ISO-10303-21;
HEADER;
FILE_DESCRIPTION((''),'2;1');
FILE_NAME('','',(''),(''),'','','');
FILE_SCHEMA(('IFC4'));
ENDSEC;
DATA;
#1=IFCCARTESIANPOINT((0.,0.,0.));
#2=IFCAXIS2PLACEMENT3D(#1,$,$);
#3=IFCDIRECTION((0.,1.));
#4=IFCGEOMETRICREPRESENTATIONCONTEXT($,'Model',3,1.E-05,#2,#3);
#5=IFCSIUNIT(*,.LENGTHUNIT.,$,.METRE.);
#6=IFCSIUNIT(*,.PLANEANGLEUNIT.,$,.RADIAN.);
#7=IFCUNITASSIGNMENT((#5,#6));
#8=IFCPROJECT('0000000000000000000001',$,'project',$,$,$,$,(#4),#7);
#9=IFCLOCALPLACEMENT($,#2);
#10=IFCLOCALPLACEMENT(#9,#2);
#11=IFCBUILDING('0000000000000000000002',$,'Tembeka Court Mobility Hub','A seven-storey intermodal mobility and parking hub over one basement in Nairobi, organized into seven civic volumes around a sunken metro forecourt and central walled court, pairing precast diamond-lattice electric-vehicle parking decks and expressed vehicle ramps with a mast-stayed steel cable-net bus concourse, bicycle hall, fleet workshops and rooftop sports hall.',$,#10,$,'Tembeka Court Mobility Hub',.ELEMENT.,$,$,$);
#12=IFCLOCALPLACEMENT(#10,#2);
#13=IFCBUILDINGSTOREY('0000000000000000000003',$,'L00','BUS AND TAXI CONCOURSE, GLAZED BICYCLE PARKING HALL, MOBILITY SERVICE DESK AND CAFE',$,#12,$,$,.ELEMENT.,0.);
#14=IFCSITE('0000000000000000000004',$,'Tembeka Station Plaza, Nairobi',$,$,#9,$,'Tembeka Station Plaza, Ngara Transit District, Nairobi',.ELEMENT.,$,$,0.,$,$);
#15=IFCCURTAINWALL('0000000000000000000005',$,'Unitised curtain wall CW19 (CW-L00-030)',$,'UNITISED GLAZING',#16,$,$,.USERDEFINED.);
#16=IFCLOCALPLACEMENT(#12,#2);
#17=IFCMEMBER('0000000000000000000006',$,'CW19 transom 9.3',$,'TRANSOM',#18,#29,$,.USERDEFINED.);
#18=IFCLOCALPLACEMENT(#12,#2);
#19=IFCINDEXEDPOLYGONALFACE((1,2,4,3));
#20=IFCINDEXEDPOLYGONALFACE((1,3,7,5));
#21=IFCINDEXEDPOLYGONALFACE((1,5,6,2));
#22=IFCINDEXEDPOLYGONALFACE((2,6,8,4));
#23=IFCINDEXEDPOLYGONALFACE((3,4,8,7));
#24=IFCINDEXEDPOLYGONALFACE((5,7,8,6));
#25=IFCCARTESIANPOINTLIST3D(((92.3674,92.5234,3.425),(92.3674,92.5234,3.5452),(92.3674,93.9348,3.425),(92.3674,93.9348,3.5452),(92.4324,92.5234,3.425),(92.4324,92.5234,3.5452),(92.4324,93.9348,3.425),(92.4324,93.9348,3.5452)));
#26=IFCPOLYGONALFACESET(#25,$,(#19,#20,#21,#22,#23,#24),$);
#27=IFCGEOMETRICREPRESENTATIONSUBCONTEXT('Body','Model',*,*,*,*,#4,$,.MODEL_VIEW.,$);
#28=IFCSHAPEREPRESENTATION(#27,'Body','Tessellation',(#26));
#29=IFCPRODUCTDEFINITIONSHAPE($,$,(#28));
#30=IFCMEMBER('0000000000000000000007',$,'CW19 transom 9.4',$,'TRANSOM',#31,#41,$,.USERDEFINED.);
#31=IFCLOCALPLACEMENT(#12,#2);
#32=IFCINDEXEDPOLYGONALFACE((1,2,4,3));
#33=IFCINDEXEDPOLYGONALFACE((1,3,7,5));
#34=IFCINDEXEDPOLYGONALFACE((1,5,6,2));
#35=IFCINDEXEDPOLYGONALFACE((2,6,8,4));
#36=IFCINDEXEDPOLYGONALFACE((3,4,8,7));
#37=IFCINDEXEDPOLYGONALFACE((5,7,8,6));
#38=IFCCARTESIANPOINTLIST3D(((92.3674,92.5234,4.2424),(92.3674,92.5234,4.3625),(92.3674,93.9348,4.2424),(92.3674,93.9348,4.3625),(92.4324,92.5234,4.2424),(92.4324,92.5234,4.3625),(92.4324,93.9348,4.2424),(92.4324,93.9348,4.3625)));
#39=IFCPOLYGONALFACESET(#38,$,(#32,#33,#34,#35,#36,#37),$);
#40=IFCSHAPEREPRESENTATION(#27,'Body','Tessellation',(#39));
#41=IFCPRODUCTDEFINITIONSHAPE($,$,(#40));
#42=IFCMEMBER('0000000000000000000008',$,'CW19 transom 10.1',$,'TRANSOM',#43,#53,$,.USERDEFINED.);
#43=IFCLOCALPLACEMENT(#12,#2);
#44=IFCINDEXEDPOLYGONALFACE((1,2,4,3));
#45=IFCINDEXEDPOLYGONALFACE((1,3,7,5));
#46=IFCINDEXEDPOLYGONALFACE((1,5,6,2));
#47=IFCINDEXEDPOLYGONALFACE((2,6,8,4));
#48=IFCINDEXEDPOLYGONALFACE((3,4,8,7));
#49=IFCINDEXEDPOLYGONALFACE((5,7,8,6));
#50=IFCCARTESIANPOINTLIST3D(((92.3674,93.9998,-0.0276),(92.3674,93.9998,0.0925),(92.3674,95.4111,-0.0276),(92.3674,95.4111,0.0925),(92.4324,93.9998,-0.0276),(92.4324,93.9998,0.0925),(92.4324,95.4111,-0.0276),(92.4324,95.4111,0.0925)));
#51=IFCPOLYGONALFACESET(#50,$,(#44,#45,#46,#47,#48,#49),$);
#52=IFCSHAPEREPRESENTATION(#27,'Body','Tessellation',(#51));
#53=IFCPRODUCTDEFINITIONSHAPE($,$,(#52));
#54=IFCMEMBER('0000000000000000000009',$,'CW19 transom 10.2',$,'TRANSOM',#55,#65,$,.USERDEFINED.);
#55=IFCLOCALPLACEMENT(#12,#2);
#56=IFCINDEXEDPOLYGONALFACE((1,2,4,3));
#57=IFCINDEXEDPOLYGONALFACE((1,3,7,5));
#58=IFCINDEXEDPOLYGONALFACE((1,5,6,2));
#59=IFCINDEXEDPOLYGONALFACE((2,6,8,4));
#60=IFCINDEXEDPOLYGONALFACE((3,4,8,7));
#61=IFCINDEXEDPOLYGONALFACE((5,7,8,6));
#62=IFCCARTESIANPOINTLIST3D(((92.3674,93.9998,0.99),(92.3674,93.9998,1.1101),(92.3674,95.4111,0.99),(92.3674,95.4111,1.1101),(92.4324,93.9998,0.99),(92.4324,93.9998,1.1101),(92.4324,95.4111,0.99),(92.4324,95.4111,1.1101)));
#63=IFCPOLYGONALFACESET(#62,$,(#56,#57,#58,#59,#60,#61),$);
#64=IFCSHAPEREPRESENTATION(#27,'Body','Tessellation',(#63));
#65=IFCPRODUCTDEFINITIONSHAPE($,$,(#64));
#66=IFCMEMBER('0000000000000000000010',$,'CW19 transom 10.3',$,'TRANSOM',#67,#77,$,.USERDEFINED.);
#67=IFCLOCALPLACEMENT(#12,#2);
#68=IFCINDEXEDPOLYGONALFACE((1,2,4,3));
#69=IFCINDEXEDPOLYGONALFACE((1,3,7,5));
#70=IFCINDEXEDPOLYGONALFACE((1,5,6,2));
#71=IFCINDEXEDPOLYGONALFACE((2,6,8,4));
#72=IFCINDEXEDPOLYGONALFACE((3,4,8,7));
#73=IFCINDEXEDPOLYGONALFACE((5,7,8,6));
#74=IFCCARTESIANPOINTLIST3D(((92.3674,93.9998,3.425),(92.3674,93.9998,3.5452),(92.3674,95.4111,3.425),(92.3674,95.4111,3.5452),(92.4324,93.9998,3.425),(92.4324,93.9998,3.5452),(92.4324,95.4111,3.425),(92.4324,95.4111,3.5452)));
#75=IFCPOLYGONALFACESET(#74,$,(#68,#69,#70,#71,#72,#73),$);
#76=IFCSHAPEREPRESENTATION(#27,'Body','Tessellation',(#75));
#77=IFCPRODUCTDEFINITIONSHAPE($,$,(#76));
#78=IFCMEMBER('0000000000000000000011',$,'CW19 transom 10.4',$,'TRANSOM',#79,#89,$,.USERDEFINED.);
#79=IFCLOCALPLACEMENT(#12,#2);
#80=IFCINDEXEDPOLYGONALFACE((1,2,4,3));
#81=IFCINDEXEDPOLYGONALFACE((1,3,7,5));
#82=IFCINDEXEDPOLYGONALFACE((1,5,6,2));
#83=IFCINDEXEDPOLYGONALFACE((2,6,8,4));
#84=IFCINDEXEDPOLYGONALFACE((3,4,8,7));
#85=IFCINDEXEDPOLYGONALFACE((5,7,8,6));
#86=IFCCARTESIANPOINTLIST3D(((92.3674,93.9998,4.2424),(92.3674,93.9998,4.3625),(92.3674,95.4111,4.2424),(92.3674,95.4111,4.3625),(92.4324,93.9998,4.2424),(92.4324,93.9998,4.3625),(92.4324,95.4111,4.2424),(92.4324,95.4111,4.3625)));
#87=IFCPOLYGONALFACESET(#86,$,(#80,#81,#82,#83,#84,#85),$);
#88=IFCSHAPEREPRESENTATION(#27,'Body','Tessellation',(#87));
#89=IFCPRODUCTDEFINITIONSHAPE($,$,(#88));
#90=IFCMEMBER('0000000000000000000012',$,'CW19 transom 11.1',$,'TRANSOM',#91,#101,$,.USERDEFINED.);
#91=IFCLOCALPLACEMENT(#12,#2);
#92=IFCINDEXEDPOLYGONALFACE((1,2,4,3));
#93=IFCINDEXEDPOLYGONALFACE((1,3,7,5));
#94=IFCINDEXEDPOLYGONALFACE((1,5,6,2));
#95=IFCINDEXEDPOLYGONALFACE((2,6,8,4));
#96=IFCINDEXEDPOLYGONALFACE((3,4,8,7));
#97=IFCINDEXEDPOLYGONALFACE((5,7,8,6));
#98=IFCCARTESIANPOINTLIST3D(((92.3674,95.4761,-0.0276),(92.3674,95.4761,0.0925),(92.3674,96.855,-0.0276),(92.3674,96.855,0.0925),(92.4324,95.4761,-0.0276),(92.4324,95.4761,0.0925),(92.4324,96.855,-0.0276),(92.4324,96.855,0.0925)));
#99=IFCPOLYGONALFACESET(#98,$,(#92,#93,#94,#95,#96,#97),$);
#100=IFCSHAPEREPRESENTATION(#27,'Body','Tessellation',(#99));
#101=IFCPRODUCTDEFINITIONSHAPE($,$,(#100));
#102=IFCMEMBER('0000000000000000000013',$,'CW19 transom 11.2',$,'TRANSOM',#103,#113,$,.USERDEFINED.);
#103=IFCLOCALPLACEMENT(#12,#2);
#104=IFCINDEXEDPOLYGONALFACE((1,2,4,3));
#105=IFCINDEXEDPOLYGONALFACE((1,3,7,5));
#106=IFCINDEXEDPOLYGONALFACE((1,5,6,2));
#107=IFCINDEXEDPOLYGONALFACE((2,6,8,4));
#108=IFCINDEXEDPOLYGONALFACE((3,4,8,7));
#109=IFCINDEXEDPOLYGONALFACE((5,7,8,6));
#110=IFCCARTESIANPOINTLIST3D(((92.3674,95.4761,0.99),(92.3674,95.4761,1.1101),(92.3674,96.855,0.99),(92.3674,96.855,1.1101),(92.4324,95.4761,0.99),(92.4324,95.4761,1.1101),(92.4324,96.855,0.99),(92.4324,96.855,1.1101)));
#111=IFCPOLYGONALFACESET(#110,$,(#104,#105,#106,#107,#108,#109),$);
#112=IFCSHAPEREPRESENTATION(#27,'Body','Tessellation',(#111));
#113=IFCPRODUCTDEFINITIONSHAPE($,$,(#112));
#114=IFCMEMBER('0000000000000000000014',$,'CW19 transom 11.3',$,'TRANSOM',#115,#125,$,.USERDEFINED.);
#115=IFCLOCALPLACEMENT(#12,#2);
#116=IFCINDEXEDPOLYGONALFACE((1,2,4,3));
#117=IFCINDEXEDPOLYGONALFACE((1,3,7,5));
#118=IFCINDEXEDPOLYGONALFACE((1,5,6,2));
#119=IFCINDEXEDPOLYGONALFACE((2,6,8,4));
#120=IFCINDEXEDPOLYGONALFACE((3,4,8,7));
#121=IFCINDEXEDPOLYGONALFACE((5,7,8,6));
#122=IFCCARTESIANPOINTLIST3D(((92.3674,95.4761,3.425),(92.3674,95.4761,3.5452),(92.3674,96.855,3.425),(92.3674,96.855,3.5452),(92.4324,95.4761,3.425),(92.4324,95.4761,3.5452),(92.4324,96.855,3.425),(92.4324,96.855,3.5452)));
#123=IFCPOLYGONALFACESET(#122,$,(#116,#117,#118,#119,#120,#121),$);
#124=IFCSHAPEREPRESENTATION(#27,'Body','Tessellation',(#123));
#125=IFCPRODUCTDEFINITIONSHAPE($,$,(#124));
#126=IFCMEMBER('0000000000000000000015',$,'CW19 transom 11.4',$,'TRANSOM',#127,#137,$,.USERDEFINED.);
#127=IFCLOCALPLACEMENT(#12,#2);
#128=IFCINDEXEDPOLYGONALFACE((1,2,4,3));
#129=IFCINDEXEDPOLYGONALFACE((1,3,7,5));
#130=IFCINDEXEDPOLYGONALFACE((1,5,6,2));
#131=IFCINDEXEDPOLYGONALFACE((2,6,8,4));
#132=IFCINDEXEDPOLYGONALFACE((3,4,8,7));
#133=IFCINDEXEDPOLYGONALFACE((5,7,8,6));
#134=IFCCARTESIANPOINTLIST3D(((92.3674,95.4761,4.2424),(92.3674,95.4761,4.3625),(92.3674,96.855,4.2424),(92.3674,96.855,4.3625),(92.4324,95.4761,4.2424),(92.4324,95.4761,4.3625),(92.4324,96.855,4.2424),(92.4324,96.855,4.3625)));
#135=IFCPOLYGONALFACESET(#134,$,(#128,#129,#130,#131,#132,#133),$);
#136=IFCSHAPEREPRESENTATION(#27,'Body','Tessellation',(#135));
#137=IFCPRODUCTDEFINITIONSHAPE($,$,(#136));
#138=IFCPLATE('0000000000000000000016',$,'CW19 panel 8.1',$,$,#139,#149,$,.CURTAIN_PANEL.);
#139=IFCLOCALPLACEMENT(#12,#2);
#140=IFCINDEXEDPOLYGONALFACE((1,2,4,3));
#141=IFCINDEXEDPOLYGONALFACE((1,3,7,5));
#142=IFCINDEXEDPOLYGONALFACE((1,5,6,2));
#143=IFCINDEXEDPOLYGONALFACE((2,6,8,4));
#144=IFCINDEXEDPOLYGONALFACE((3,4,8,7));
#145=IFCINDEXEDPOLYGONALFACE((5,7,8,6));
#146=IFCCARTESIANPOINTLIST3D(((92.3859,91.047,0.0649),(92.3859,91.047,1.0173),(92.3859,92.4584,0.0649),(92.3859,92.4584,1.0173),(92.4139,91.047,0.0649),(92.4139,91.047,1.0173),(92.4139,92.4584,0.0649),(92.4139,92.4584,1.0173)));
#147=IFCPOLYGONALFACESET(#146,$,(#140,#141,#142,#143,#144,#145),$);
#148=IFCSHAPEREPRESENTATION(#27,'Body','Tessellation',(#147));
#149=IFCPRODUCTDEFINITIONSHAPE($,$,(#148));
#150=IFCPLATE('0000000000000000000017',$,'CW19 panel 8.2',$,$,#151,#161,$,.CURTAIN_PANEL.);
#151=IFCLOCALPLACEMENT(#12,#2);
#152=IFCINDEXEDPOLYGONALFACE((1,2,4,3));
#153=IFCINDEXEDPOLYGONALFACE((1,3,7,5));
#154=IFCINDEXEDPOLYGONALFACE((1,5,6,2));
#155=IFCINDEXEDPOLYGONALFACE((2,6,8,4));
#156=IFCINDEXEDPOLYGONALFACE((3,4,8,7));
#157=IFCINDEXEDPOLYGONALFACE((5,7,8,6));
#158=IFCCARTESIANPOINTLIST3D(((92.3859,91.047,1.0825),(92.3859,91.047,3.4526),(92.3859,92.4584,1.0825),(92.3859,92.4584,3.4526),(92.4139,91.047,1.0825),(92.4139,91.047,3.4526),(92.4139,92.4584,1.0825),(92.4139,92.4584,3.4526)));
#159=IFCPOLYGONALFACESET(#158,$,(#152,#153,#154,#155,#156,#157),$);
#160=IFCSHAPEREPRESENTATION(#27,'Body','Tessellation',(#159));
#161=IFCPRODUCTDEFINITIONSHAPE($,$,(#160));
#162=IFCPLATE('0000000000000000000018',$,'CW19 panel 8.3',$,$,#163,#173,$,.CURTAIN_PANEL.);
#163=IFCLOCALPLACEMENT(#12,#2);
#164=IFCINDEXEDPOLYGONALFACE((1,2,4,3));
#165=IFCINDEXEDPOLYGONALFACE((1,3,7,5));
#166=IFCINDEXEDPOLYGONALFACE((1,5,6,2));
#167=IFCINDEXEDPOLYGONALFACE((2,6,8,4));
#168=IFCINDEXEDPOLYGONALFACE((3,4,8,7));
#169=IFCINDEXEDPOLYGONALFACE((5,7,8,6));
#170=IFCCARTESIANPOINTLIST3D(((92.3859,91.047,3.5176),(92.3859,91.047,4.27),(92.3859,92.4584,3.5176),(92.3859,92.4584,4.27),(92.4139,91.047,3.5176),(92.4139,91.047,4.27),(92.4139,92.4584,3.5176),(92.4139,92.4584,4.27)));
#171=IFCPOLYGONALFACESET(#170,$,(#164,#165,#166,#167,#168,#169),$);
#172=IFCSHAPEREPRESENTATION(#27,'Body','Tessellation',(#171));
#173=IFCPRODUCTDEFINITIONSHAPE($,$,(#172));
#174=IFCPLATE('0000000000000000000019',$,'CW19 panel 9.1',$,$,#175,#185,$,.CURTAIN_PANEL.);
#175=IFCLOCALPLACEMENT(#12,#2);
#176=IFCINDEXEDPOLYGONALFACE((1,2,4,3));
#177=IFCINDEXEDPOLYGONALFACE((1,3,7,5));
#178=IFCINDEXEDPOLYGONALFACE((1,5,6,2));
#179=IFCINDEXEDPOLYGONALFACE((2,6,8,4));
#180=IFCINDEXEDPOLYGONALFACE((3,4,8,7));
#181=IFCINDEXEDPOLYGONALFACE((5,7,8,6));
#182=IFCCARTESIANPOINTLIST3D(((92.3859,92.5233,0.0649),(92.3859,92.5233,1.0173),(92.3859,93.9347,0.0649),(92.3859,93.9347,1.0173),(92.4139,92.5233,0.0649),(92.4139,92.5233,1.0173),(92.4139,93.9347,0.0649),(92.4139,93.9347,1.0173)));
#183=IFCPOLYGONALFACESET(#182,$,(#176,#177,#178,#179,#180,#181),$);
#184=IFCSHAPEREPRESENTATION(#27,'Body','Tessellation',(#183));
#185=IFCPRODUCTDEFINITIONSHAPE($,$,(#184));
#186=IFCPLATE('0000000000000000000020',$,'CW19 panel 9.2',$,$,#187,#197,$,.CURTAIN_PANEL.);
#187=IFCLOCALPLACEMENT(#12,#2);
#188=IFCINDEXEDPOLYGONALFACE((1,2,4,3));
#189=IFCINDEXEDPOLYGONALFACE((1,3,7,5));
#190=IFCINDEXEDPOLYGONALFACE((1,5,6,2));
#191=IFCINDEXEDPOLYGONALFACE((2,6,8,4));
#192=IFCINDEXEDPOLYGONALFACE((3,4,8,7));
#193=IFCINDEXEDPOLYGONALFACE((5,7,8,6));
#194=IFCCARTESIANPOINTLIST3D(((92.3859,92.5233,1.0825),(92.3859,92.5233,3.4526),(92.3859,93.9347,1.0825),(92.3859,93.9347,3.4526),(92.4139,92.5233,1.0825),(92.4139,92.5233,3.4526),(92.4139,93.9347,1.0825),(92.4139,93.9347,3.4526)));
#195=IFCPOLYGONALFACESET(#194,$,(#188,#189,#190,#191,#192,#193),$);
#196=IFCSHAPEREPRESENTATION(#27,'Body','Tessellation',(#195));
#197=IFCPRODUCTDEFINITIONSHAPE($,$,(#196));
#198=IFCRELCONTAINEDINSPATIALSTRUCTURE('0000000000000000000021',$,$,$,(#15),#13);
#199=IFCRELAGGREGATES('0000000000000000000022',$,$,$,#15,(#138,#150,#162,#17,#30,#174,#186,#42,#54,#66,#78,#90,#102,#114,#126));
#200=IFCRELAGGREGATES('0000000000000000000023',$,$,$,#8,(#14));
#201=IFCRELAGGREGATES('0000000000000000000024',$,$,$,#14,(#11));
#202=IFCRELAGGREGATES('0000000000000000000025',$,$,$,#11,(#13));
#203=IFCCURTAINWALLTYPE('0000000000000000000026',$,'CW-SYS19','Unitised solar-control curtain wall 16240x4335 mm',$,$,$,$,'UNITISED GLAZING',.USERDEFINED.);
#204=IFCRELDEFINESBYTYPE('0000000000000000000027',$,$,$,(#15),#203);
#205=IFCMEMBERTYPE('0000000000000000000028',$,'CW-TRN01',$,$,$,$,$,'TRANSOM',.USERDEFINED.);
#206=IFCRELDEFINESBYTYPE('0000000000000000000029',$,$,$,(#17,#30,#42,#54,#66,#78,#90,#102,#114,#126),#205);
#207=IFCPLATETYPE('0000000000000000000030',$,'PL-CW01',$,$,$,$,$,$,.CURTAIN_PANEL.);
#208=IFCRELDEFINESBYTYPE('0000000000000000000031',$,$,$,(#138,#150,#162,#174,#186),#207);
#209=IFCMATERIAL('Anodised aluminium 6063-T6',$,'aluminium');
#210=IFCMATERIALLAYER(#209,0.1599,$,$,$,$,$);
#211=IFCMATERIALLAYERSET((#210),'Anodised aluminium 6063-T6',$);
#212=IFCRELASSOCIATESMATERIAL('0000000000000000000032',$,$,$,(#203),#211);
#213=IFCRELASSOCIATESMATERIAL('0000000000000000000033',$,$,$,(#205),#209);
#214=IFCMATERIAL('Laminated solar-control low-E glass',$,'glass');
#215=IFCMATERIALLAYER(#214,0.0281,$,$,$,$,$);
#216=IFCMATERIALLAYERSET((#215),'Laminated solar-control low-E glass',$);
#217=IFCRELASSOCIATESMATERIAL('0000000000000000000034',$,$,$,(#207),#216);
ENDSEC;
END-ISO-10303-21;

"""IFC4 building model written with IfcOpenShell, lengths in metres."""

from ifc_helpers import new_model, si_unit, direction, frame, origin, origin_2d, place, context, subcontext, project, spatial, rectangle, extrude, material, layer, layer_set, material_profile, profile_set, type_object, element, aggregate, save


model = new_model("IFC4")

# Units and contexts
model_context = context("Model", 3, precision=1e-05, world=origin(), true_north=direction((0.0, 1.0)))
body_context = subcontext(model_context, "Body", "Model", "MODEL_VIEW")
ifc_project = project(units=[si_unit("LENGTHUNIT", "METRE"), si_unit("PLANEANGLEUNIT", "RADIAN")], contexts=[model_context])

# Site, building, storey
site_placement = place(None, origin())
site = spatial("IfcSite", under=ifc_project, at=site_placement, Name="Tembeka Station Plaza, Nairobi", LongName="Tembeka Station Plaza, Ngara Transit District, Nairobi", CompositionType="ELEMENT", RefElevation=0.0)
building_placement = place(site_placement, origin())
building = spatial("IfcBuilding", under=site, at=building_placement, Name="Tembeka Court Mobility Hub", Description="A seven-storey intermodal mobility and parking hub over one basement in Nairobi, organized into seven civic volumes around a sunken metro forecourt and central walled court, pairing precast diamond-lattice electric-vehicle parking decks and expressed vehicle ramps with a mast-stayed steel cable-net bus concourse, bicycle hall, fleet workshops and rooftop sports hall.", LongName="Tembeka Court Mobility Hub", CompositionType="ELEMENT")
storey_placement = place(building_placement, origin())
storey = spatial("IfcBuildingStorey", under=building, at=storey_placement, Name="L00", Description="BUS AND TAXI CONCOURSE, GLAZED BICYCLE PARKING HALL, MOBILITY SERVICE DESK AND CAFE", CompositionType="ELEMENT", Elevation=0.0)

# Curtain wall, members, plates
ifc_material_1 = material(Name="Anodised aluminium 6063-T6", Category="aluminium")
ifc_layer_1 = layer(ifc_material_1, 0.1599)
ifc_layer_set_1 = layer_set([ifc_layer_1], Name="Anodised aluminium 6063-T6")
curtain_wall_type = type_object("IfcCurtainWallType", Name="CW-SYS19", Description="Unitised solar-control curtain wall 16240x4335 mm", ElementType="UNITISED GLAZING", PredefinedType="USERDEFINED", material=ifc_layer_set_1)
curtain_wall_placement = place(storey_placement, origin())
curtain_wall = element("IfcCurtainWall", 1, at=curtain_wall_placement, inside=storey, type_object=curtain_wall_type, Name="Unitised curtain wall CW19 (CW-L00-030)", ObjectType="UNITISED GLAZING", PredefinedType="USERDEFINED")
ifc_material_profile_1 = material_profile(ifc_material_1, rectangle(XDim=0.0649, YDim=0.1201, at=origin_2d()), Name="ALU-TRN 65x120")
ifc_profile_set_1 = profile_set([ifc_material_profile_1], Name="Anodised aluminium 6063-T6")
member_type_1 = type_object("IfcMemberType", Name="CW-TRN01", ElementType="TRANSOM", PredefinedType="USERDEFINED", material=ifc_profile_set_1)
member_1_placement = place(storey_placement, frame((92.3999, 92.5234, 3.4851), z_axis=(0.0, 1.0, 0.0), x_axis=(-1.0, 0.0, 0.0)))
member_1 = element("IfcMember", 2, at=member_1_placement, type_object=member_type_1, Name="CW19 transom 9.3", ObjectType="TRANSOM", PredefinedType="USERDEFINED", context=body_context, shape_type="SweptSolid", body=[
    extrude(rectangle(XDim=0.0649, YDim=0.1201, at=origin_2d()), origin(), (0.0, 0.0, 1.0), 1.4114),
])
member_2_placement = place(storey_placement, frame((92.3999, 92.5234, 4.3025), z_axis=(0.0, 1.0, 0.0), x_axis=(-1.0, 0.0, 0.0)))
member_2 = element("IfcMember", 3, at=member_2_placement, type_object=member_type_1, Name="CW19 transom 9.4", ObjectType="TRANSOM", PredefinedType="USERDEFINED", context=body_context, shape_type="SweptSolid", body=[
    extrude(rectangle(XDim=0.0649, YDim=0.1201, at=origin_2d()), origin(), (0.0, 0.0, 1.0), 1.4114),
])
member_3_placement = place(storey_placement, frame((92.3999, 93.9998, 0.0325), z_axis=(0.0, 1.0, 0.0), x_axis=(-1.0, 0.0, 0.0)))
member_3 = element("IfcMember", 4, at=member_3_placement, type_object=member_type_1, Name="CW19 transom 10.1", ObjectType="TRANSOM", PredefinedType="USERDEFINED", context=body_context, shape_type="SweptSolid", body=[
    extrude(rectangle(XDim=0.0649, YDim=0.1201, at=origin_2d()), origin(), (0.0, 0.0, 1.0), 1.4114),
])
member_4_placement = place(storey_placement, frame((92.3999, 93.9998, 1.05), z_axis=(0.0, 1.0, 0.0), x_axis=(-1.0, 0.0, 0.0)))
member_4 = element("IfcMember", 5, at=member_4_placement, type_object=member_type_1, Name="CW19 transom 10.2", ObjectType="TRANSOM", PredefinedType="USERDEFINED", context=body_context, shape_type="SweptSolid", body=[
    extrude(rectangle(XDim=0.0649, YDim=0.1201, at=origin_2d()), origin(), (0.0, 0.0, 1.0), 1.4114),
])
member_5_placement = place(storey_placement, frame((92.3999, 93.9998, 3.4851), z_axis=(0.0, 1.0, 0.0), x_axis=(-1.0, 0.0, 0.0)))
member_5 = element("IfcMember", 6, at=member_5_placement, type_object=member_type_1, Name="CW19 transom 10.3", ObjectType="TRANSOM", PredefinedType="USERDEFINED", context=body_context, shape_type="SweptSolid", body=[
    extrude(rectangle(XDim=0.0649, YDim=0.1201, at=origin_2d()), origin(), (0.0, 0.0, 1.0), 1.4114),
])
member_6_placement = place(storey_placement, frame((92.3999, 93.9998, 4.3025), z_axis=(0.0, 1.0, 0.0), x_axis=(-1.0, 0.0, 0.0)))
member_6 = element("IfcMember", 7, at=member_6_placement, type_object=member_type_1, Name="CW19 transom 10.4", ObjectType="TRANSOM", PredefinedType="USERDEFINED", context=body_context, shape_type="SweptSolid", body=[
    extrude(rectangle(XDim=0.0649, YDim=0.1201, at=origin_2d()), origin(), (0.0, 0.0, 1.0), 1.4114),
])
member_7_placement = place(storey_placement, frame((92.3999, 95.4761, 0.0325), z_axis=(0.0, 1.0, 0.0), x_axis=(-1.0, 0.0, 0.0)))
member_7 = element("IfcMember", 8, at=member_7_placement, type_object=member_type_1, Name="CW19 transom 11.1", ObjectType="TRANSOM", PredefinedType="USERDEFINED", context=body_context, shape_type="SweptSolid", body=[
    extrude(rectangle(XDim=0.0649, YDim=0.1201, at=origin_2d()), origin(), (0.0, 0.0, 1.0), 1.3789),
])
member_8_placement = place(storey_placement, frame((92.3999, 95.4761, 1.05), z_axis=(0.0, 1.0, 0.0), x_axis=(-1.0, 0.0, 0.0)))
member_8 = element("IfcMember", 9, at=member_8_placement, type_object=member_type_1, Name="CW19 transom 11.2", ObjectType="TRANSOM", PredefinedType="USERDEFINED", context=body_context, shape_type="SweptSolid", body=[
    extrude(rectangle(XDim=0.0649, YDim=0.1201, at=origin_2d()), origin(), (0.0, 0.0, 1.0), 1.3789),
])
member_9_placement = place(storey_placement, frame((92.3999, 95.4761, 3.4851), z_axis=(0.0, 1.0, 0.0), x_axis=(-1.0, 0.0, 0.0)))
member_9 = element("IfcMember", 10, at=member_9_placement, type_object=member_type_1, Name="CW19 transom 11.3", ObjectType="TRANSOM", PredefinedType="USERDEFINED", context=body_context, shape_type="SweptSolid", body=[
    extrude(rectangle(XDim=0.0649, YDim=0.1201, at=origin_2d()), origin(), (0.0, 0.0, 1.0), 1.3789),
])
member_10_placement = place(storey_placement, frame((92.3999, 95.4761, 4.3025), z_axis=(0.0, 1.0, 0.0), x_axis=(-1.0, 0.0, 0.0)))
member_10 = element("IfcMember", 11, at=member_10_placement, type_object=member_type_1, Name="CW19 transom 11.4", ObjectType="TRANSOM", PredefinedType="USERDEFINED", context=body_context, shape_type="SweptSolid", body=[
    extrude(rectangle(XDim=0.0649, YDim=0.1201, at=origin_2d()), origin(), (0.0, 0.0, 1.0), 1.3789),
])
ifc_material_2 = material(Name="Laminated solar-control low-E glass", Category="glass")
ifc_layer_2 = layer(ifc_material_2, 0.0281)
ifc_layer_set_2 = layer_set([ifc_layer_2], Name="Laminated solar-control low-E glass")
plate_type = type_object("IfcPlateType", Name="PL-CW01", PredefinedType="CURTAIN_PANEL", material=ifc_layer_set_2)
plate_1_placement = place(storey_placement, frame((92.3999, 91.7527, 0.0649), z_axis=(0.0, 0.0, 1.0), x_axis=(0.0, 1.0, 0.0)))
plate_1 = element("IfcPlate", 12, at=plate_1_placement, type_object=plate_type, Name="CW19 panel 8.1", PredefinedType="CURTAIN_PANEL", context=body_context, shape_type="SweptSolid", body=[
    extrude(rectangle(XDim=1.4114, YDim=0.0281, at=origin_2d()), origin(), (0.0, 0.0, 1.0), 0.9524),
])
plate_2_placement = place(storey_placement, frame((92.3999, 91.7527, 1.0825), z_axis=(0.0, 0.0, 1.0), x_axis=(0.0, 1.0, 0.0)))
plate_2 = element("IfcPlate", 13, at=plate_2_placement, type_object=plate_type, Name="CW19 panel 8.2", PredefinedType="CURTAIN_PANEL", context=body_context, shape_type="SweptSolid", body=[
    extrude(rectangle(XDim=1.4114, YDim=0.0281, at=origin_2d()), origin(), (0.0, 0.0, 1.0), 2.3701),
])
plate_3_placement = place(storey_placement, frame((92.3999, 91.7527, 3.5176), z_axis=(0.0, 0.0, 1.0), x_axis=(0.0, 1.0, 0.0)))
plate_3 = element("IfcPlate", 14, at=plate_3_placement, type_object=plate_type, Name="CW19 panel 8.3", PredefinedType="CURTAIN_PANEL", context=body_context, shape_type="SweptSolid", body=[
    extrude(rectangle(XDim=1.4114, YDim=0.0281, at=origin_2d()), origin(), (0.0, 0.0, 1.0), 0.7524),
])
plate_4_placement = place(storey_placement, frame((92.3999, 93.229, 0.0649), z_axis=(0.0, 0.0, 1.0), x_axis=(0.0, 1.0, 0.0)))
plate_4 = element("IfcPlate", 15, at=plate_4_placement, type_object=plate_type, Name="CW19 panel 9.1", PredefinedType="CURTAIN_PANEL", context=body_context, shape_type="SweptSolid", body=[
    extrude(rectangle(XDim=1.4114, YDim=0.0281, at=origin_2d()), origin(), (0.0, 0.0, 1.0), 0.9524),
])
plate_5_placement = place(storey_placement, frame((92.3999, 93.229, 1.0825), z_axis=(0.0, 0.0, 1.0), x_axis=(0.0, 1.0, 0.0)))
plate_5 = element("IfcPlate", 16, at=plate_5_placement, type_object=plate_type, Name="CW19 panel 9.2", PredefinedType="CURTAIN_PANEL", context=body_context, shape_type="SweptSolid", body=[
    extrude(rectangle(XDim=1.4114, YDim=0.0281, at=origin_2d()), origin(), (0.0, 0.0, 1.0), 2.3701),
])
aggregate(curtain_wall, [plate_1, plate_2, plate_3, member_1, member_2, plate_4, plate_5, member_3, member_4, member_5, member_6, member_7, member_8, member_9, member_10])

save(model, "model.ifc")
